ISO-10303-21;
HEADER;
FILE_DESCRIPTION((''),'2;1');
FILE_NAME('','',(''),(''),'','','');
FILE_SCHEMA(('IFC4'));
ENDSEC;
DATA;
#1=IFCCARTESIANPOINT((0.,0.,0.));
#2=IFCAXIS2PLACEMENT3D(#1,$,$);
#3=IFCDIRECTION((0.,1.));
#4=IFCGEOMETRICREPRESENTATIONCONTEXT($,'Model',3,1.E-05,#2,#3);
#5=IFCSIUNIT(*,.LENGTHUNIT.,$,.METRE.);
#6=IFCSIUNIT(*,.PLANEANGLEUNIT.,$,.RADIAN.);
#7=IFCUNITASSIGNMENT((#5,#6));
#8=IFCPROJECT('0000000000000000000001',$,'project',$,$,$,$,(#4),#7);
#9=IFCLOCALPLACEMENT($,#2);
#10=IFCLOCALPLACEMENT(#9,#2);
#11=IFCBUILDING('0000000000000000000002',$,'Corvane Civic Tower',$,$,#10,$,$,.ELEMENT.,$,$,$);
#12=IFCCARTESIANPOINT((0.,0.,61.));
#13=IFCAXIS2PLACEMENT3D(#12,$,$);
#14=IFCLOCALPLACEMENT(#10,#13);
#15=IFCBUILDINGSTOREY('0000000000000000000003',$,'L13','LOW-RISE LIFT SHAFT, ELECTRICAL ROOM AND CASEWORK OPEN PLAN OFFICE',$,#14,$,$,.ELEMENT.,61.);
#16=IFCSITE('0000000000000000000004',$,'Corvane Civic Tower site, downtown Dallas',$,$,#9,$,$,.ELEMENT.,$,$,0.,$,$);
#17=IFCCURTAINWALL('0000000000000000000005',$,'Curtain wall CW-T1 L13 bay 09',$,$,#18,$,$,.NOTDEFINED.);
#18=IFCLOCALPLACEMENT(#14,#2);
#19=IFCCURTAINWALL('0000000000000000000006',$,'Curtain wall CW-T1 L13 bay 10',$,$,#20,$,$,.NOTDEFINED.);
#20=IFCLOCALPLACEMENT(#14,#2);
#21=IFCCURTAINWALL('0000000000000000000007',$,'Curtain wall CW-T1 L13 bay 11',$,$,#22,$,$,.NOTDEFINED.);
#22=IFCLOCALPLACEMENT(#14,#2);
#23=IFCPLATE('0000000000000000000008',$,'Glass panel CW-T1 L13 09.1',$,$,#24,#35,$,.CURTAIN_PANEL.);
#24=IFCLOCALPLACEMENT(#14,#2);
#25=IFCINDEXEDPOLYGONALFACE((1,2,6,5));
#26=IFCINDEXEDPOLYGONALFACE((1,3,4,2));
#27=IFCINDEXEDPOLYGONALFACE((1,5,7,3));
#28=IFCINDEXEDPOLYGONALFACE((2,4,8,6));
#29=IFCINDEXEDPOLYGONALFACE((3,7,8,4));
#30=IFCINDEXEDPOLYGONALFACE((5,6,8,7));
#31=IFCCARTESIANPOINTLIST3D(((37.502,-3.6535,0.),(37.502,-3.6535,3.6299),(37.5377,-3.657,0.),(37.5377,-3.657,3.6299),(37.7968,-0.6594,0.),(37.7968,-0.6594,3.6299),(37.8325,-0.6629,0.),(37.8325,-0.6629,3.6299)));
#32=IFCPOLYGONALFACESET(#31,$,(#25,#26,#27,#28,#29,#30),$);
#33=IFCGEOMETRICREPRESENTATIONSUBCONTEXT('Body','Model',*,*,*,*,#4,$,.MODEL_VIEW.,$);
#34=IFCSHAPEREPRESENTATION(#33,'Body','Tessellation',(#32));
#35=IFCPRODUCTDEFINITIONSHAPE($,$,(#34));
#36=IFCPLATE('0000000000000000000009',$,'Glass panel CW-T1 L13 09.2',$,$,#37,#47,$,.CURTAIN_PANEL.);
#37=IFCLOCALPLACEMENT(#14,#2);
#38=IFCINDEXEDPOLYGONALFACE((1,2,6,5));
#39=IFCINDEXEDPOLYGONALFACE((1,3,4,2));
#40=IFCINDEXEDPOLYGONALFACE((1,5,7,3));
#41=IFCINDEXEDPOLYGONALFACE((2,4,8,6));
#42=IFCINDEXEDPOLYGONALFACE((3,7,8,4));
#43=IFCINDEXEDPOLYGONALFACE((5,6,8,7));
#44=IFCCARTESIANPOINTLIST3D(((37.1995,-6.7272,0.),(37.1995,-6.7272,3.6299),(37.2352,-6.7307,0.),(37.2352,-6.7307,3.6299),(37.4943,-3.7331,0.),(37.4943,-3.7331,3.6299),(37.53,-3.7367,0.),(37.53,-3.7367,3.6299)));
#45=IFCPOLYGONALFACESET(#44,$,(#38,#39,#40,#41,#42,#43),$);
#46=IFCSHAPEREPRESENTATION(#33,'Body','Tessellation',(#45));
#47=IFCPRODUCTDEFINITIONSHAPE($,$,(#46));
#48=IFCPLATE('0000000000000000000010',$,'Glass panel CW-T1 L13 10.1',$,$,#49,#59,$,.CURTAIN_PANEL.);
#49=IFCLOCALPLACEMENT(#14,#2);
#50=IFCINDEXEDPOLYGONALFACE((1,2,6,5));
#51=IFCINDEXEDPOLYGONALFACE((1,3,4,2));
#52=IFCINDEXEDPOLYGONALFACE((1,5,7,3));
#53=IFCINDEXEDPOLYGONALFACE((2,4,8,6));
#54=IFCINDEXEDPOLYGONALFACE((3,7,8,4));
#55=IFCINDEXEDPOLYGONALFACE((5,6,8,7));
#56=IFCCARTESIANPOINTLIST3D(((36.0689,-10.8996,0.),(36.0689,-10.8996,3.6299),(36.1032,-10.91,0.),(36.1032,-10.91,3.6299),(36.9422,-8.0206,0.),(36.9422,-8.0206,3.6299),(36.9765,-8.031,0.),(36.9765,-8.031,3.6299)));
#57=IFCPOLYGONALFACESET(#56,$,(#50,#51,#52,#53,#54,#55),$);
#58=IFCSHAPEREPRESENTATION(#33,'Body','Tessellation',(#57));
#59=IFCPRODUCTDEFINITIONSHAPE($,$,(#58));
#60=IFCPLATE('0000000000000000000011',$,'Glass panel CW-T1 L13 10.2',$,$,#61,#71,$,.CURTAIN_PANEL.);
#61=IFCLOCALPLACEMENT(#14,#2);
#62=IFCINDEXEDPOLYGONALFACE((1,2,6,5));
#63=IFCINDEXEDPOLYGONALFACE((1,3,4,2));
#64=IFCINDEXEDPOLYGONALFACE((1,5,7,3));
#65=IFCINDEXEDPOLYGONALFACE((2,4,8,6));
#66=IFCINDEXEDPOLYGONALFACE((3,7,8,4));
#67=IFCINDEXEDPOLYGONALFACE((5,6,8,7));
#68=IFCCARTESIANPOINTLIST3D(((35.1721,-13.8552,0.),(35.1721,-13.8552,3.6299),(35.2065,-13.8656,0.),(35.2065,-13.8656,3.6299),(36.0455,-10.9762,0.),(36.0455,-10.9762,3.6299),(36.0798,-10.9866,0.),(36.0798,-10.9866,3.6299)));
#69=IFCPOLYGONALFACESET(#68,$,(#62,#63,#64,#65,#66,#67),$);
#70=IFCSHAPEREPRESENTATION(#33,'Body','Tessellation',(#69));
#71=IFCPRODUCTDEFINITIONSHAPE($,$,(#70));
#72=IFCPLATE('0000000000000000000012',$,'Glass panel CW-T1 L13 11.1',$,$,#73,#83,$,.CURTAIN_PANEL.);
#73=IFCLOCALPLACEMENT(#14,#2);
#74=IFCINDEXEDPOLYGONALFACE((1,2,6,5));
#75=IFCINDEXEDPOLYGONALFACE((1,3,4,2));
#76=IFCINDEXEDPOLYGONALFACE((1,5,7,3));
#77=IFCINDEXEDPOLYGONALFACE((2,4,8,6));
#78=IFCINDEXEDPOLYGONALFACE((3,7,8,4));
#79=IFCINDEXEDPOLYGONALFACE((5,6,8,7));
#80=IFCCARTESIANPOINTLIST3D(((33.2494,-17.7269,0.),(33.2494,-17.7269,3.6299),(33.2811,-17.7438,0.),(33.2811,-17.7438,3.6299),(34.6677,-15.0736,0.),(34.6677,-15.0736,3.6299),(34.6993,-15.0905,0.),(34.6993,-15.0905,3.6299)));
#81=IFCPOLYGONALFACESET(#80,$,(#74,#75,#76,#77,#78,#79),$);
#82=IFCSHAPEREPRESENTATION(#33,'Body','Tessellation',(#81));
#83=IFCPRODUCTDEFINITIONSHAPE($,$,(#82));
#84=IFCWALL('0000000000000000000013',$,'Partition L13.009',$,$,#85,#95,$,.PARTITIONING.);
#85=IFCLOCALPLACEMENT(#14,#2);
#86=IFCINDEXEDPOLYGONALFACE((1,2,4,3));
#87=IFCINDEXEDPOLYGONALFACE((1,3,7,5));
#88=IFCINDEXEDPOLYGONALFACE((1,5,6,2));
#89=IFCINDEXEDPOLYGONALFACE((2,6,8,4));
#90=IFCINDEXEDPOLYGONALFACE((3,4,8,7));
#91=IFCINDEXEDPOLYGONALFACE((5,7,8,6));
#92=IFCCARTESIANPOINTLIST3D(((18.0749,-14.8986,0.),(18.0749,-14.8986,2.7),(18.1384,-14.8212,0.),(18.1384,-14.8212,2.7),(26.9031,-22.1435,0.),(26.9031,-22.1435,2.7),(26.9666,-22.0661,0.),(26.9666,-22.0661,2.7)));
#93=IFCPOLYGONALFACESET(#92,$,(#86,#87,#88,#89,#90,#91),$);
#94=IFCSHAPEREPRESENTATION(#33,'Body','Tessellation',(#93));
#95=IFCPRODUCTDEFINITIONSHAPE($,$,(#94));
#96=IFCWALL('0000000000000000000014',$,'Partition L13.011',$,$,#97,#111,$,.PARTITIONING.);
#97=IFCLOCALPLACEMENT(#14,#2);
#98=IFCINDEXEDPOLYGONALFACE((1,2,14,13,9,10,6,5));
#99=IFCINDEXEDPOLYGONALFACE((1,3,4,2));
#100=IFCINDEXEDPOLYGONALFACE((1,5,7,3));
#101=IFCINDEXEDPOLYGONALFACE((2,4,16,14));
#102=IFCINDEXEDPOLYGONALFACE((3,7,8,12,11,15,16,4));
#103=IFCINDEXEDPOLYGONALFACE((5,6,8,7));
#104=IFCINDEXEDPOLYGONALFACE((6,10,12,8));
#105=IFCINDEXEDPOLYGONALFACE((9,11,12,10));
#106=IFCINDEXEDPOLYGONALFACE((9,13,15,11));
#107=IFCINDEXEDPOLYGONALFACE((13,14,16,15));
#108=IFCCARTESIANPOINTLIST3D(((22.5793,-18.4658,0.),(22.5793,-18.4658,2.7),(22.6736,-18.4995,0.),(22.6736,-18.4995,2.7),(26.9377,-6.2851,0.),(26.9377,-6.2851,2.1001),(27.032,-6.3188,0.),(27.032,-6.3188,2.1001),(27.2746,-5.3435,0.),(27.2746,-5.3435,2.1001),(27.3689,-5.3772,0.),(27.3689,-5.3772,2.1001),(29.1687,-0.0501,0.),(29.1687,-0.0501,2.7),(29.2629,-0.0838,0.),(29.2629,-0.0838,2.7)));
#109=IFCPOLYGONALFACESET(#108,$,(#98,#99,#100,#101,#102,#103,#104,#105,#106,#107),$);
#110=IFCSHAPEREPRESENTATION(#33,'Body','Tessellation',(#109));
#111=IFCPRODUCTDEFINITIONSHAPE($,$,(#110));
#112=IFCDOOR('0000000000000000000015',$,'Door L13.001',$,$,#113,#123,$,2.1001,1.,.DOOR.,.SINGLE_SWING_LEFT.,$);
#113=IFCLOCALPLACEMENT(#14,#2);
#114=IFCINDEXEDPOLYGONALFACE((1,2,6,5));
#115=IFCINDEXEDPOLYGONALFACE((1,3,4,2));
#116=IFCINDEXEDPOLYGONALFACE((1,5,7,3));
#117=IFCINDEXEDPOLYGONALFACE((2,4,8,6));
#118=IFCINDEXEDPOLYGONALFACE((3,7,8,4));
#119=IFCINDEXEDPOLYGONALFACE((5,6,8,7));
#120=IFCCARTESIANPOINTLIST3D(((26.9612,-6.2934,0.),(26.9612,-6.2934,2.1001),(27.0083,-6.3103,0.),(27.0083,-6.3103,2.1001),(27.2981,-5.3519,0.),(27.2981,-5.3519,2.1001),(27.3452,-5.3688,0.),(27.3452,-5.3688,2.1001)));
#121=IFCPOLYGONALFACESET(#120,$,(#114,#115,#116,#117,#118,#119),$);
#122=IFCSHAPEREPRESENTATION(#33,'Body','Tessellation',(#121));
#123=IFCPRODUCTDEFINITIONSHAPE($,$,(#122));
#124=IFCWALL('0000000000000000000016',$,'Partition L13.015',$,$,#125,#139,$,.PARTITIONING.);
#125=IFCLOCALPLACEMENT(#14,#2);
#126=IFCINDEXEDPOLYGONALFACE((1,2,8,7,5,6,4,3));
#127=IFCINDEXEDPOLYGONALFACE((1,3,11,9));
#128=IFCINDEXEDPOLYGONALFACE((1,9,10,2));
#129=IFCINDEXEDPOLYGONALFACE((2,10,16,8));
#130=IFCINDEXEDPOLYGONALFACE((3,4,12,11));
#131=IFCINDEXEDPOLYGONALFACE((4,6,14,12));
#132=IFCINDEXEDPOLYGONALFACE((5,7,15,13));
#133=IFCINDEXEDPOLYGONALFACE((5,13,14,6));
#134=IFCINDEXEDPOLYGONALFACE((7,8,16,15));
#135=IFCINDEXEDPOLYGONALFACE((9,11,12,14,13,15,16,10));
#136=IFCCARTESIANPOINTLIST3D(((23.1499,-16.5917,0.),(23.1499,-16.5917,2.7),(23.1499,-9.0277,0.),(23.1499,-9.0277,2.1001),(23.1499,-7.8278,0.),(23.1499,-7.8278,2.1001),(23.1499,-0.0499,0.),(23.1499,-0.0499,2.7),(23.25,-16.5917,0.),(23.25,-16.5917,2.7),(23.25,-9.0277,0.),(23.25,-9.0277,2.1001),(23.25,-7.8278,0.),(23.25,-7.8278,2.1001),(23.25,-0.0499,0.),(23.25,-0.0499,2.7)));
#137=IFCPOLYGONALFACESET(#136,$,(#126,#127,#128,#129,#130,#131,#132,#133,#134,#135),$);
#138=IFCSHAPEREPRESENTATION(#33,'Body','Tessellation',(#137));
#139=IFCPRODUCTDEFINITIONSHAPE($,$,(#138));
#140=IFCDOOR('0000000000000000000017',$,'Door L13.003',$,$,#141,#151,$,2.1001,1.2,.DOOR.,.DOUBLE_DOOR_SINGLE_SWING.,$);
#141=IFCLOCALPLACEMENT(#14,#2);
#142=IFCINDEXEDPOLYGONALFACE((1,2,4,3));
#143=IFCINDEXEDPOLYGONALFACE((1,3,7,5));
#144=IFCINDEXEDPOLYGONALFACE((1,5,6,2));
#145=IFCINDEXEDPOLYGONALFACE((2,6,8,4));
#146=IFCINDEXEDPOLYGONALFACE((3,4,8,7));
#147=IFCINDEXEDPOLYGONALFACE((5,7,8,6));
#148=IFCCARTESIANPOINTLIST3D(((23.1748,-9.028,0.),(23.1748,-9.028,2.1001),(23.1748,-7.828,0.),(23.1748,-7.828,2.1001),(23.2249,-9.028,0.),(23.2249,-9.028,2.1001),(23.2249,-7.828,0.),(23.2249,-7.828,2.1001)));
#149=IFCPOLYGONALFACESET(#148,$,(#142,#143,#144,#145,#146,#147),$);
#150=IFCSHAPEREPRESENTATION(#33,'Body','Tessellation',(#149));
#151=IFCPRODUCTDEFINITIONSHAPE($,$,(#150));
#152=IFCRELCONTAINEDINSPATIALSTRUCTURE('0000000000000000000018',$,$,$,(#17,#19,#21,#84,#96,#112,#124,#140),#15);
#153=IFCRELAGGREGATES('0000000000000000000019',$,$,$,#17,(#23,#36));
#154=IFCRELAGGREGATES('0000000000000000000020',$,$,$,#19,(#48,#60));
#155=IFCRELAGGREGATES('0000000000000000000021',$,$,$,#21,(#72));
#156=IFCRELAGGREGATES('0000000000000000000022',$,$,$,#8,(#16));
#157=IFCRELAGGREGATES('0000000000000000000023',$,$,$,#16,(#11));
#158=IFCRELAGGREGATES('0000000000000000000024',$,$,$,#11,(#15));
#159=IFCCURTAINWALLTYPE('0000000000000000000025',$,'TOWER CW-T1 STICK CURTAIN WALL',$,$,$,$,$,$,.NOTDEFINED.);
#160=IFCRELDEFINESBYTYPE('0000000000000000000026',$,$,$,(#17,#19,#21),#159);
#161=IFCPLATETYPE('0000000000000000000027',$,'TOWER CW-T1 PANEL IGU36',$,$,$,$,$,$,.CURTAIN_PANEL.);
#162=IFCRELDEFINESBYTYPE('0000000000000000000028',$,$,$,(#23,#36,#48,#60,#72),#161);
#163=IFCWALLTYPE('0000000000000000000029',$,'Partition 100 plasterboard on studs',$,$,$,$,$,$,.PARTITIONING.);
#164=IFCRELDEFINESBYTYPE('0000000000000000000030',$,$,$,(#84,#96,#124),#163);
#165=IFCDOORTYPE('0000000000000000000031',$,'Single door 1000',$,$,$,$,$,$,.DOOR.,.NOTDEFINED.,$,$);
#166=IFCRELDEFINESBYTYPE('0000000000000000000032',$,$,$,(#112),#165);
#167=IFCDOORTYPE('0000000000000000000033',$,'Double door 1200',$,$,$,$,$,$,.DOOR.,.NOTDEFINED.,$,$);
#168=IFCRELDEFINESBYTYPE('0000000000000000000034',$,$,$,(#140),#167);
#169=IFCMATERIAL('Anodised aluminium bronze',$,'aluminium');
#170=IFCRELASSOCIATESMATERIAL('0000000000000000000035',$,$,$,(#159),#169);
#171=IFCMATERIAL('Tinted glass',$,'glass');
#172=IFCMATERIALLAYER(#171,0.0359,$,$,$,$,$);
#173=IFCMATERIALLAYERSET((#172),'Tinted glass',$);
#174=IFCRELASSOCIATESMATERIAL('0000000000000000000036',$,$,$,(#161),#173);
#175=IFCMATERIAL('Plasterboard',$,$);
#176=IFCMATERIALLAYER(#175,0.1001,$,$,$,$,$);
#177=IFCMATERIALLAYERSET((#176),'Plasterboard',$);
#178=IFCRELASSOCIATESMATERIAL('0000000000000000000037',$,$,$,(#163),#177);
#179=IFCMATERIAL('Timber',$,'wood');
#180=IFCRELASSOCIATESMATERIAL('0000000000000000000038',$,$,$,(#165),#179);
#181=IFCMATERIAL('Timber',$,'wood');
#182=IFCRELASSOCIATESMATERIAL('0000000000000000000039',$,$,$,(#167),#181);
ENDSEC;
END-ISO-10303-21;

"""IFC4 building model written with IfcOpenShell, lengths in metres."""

from ifc_helpers import new_model, si_unit, direction, frame, frame_2d, origin, origin_2d, place, context, subcontext, project, spatial, rectangle, extrude, material, layer, layer_set, type_object, element, fill, aggregate, save


model = new_model("IFC4")

# Units and contexts
model_context = context("Model", 3, precision=1e-05, world=origin(), true_north=direction((0.0, 1.0)))
body_context = subcontext(model_context, "Body", "Model", "MODEL_VIEW")
ifc_project = project(units=[si_unit("LENGTHUNIT", "METRE"), si_unit("PLANEANGLEUNIT", "RADIAN")], contexts=[model_context])

# Site, building, storey
site_placement = place(None, origin())
site = spatial("IfcSite", under=ifc_project, at=site_placement, Name="Corvane Civic Tower site, downtown Dallas", CompositionType="ELEMENT", RefElevation=0.0)
building_placement = place(site_placement, origin())
building = spatial("IfcBuilding", under=site, at=building_placement, Name="Corvane Civic Tower", CompositionType="ELEMENT")
storey_placement = place(building_placement, frame((0.0, 0.0, 61.0)))
storey = spatial("IfcBuildingStorey", under=building, at=storey_placement, Name="L13", Description="LOW-RISE LIFT SHAFT, ELECTRICAL ROOM AND CASEWORK OPEN PLAN OFFICE", CompositionType="ELEMENT", Elevation=61.0)

# Curtain walls
ifc_material_1 = material(Name="Anodised aluminium bronze", Category="aluminium")
curtain_wall_type = type_object("IfcCurtainWallType", Name="TOWER CW-T1 STICK CURTAIN WALL", PredefinedType="NOTDEFINED", material=ifc_material_1)
curtain_wall_1_placement = place(storey_placement, origin())
curtain_wall_1 = element("IfcCurtainWall", 1, at=curtain_wall_1_placement, inside=storey, type_object=curtain_wall_type, Name="Curtain wall CW-T1 L13 bay 09", PredefinedType="NOTDEFINED")
curtain_wall_2_placement = place(storey_placement, origin())
curtain_wall_2 = element("IfcCurtainWall", 2, at=curtain_wall_2_placement, inside=storey, type_object=curtain_wall_type, Name="Curtain wall CW-T1 L13 bay 10", PredefinedType="NOTDEFINED")
curtain_wall_3_placement = place(storey_placement, origin())
curtain_wall_3 = element("IfcCurtainWall", 3, at=curtain_wall_3_placement, inside=storey, type_object=curtain_wall_type, Name="Curtain wall CW-T1 L13 bay 11", PredefinedType="NOTDEFINED")

# Plates
ifc_material_2 = material(Name="Tinted glass", Category="glass")
ifc_layer_1 = layer(ifc_material_2, 0.0359)
ifc_layer_set_1 = layer_set([ifc_layer_1], Name="Tinted glass")
plate_type = type_object("IfcPlateType", Name="TOWER CW-T1 PANEL IGU36", PredefinedType="CURTAIN_PANEL", material=ifc_layer_set_1)
plate_1_placement = place(storey_placement, frame((37.6672, -2.1582, 0.0), z_axis=(0.0, 0.0, 1.0), x_axis=(-0.098006, -0.995186, 0.0)))
plate_1 = element("IfcPlate", 4, at=plate_1_placement, type_object=plate_type, Name="Glass panel CW-T1 L13 09.1", PredefinedType="CURTAIN_PANEL", context=body_context, shape_type="SweptSolid", body=[
    extrude(rectangle(XDim=3.0085, YDim=0.0359, at=origin_2d()), origin(), (0.0, 0.0, 1.0), 3.6299),
])
plate_2_placement = place(storey_placement, frame((37.3647, -5.2319, 0.0), z_axis=(0.0, 0.0, 1.0), x_axis=(-0.098006, -0.995186, 0.0)))
plate_2 = element("IfcPlate", 5, at=plate_2_placement, type_object=plate_type, Name="Glass panel CW-T1 L13 09.2", PredefinedType="CURTAIN_PANEL", context=body_context, shape_type="SweptSolid", body=[
    extrude(rectangle(XDim=3.0085, YDim=0.0359, at=origin_2d()), origin(), (0.0, 0.0, 1.0), 3.6299),
])
aggregate(curtain_wall_1, [plate_1, plate_2])
plate_3_placement = place(storey_placement, frame((36.5227, -9.4653, 0.0), z_axis=(0.0, 0.0, 1.0), x_axis=(-0.290278, -0.956942, 0.0)))
plate_3 = element("IfcPlate", 6, at=plate_3_placement, type_object=plate_type, Name="Glass panel CW-T1 L13 10.1", PredefinedType="CURTAIN_PANEL", context=body_context, shape_type="SweptSolid", body=[
    extrude(rectangle(XDim=3.0085, YDim=0.0359, at=origin_2d()), origin(), (0.0, 0.0, 1.0), 3.6299),
])
plate_4_placement = place(storey_placement, frame((35.626, -12.4209, 0.0), z_axis=(0.0, 0.0, 1.0), x_axis=(-0.290278, -0.956942, 0.0)))
plate_4 = element("IfcPlate", 7, at=plate_4_placement, type_object=plate_type, Name="Glass panel CW-T1 L13 10.2", PredefinedType="CURTAIN_PANEL", context=body_context, shape_type="SweptSolid", body=[
    extrude(rectangle(XDim=3.0085, YDim=0.0359, at=origin_2d()), origin(), (0.0, 0.0, 1.0), 3.6299),
])
aggregate(curtain_wall_2, [plate_3, plate_4])
plate_5_placement = place(storey_placement, frame((33.9744, -16.4087, 0.0), z_axis=(0.0, 0.0, 1.0), x_axis=(-0.471404, -0.881918, 0.0)))
plate_5 = element("IfcPlate", 8, at=plate_5_placement, type_object=plate_type, Name="Glass panel CW-T1 L13 11.1", PredefinedType="CURTAIN_PANEL", context=body_context, shape_type="SweptSolid", body=[
    extrude(rectangle(XDim=3.0085, YDim=0.0359, at=origin_2d()), origin(), (0.0, 0.0, 1.0), 3.6299),
])
aggregate(curtain_wall_3, [plate_5])

# Wall
ifc_material_3 = material(Name="Plasterboard")
ifc_layer_2 = layer(ifc_material_3, 0.1001)
ifc_layer_set_2 = layer_set([ifc_layer_2], Name="Plasterboard")
wall_type_1 = type_object("IfcWallType", Name="Partition 100 plasterboard on studs", PredefinedType="PARTITIONING", material=ifc_layer_set_2)
wall_1_placement = place(storey_placement, frame((18.1067, -14.8599, 0.0), z_axis=(0.0, 0.0, 1.0), x_axis=(0.773018, -0.634384, 0.0)))
element("IfcWall", 9, at=wall_1_placement, inside=storey, type_object=wall_type_1, Name="Partition L13.009", PredefinedType="PARTITIONING", context=body_context, shape_type="SweptSolid", body=[
    extrude(rectangle(XDim=11.4204, YDim=0.1001, at=frame_2d((5.7102, 0.0))), origin(), (0.0, 0.0, 1.0), 2.7),
])

# Walls, openings, doors
wall_2_placement = place(storey_placement, frame((22.6265, -18.4827, 0.0), z_axis=(0.0, 0.0, 1.0), x_axis=(0.336894, 0.941543, 0.0)))
wall_2 = element("IfcWall", 10, at=wall_2_placement, inside=storey, type_object=wall_type_1, Name="Partition L13.011", PredefinedType="PARTITIONING", context=body_context, shape_type="SweptSolid", body=[
    extrude(rectangle(XDim=19.5591, YDim=0.1001, at=frame_2d((9.7795, 0.0))), origin(), (0.0, 0.0, 1.0), 2.7),
])
opening_1_placement = place(wall_2_placement, frame((12.937, 0.0, 0.0)))
opening_1 = element("IfcOpeningElement", 11, at=opening_1_placement, cuts=wall_2, PredefinedType="OPENING", context=body_context, shape_type="SweptSolid", body=[
    extrude(rectangle(XDim=1.0, YDim=2.1001, at=frame_2d((0.5, 1.05))), frame((0.0, 0.0601, 0.0), z_axis=(0.0, -1.0, 0.0), x_axis=(1.0, 0.0, 0.0)), (0.0, 0.0, 1.0), 0.1201),
])
ifc_material_4 = material(Name="Timber", Category="wood")
door_type_1 = type_object("IfcDoorType", Name="Single door 1000", OperationType="NOTDEFINED", PredefinedType="DOOR", material=ifc_material_4)
door_1_placement = place(opening_1_placement, frame((1.0, 0.0, 0.0), z_axis=(0.0, 0.0, 1.0), x_axis=(-1.0, 0.0, 0.0)))
door_1 = element("IfcDoor", 12, at=door_1_placement, inside=storey, type_object=door_type_1, Name="Door L13.001", OperationType="SINGLE_SWING_LEFT", OverallHeight=2.1001, OverallWidth=1.0, PredefinedType="DOOR", context=body_context, shape_type="SweptSolid", body=[
    extrude(rectangle(XDim=1.0, YDim=2.1001, at=frame_2d((0.5, 1.05))), frame((0.0, 0.0249, 0.0), z_axis=(0.0, -1.0, 0.0), x_axis=(1.0, 0.0, 0.0)), (0.0, 0.0, 1.0), 0.05),
])
fill(opening_1, door_1)
wall_3_placement = place(storey_placement, frame((23.2, -16.5918, 0.0), z_axis=(0.0, 0.0, 1.0), x_axis=(0.0, 1.0, 0.0)))
wall_3 = element("IfcWall", 13, at=wall_3_placement, inside=storey, type_object=wall_type_1, Name="Partition L13.015", PredefinedType="PARTITIONING", context=body_context, shape_type="SweptSolid", body=[
    extrude(rectangle(XDim=16.5417, YDim=0.1001, at=frame_2d((8.271, 0.0))), origin(), (0.0, 0.0, 1.0), 2.7),
])
opening_2_placement = place(wall_3_placement, frame((7.564, 0.0, 0.0)))
opening_2 = element("IfcOpeningElement", 14, at=opening_2_placement, cuts=wall_3, PredefinedType="OPENING", context=body_context, shape_type="SweptSolid", body=[
    extrude(rectangle(XDim=1.2, YDim=2.1001, at=frame_2d((0.6001, 1.05))), frame((0.0, 0.0601, 0.0), z_axis=(0.0, -1.0, 0.0), x_axis=(1.0, 0.0, 0.0)), (0.0, 0.0, 1.0), 0.1201),
])
ifc_material_5 = material(Name="Timber", Category="wood")
door_type_2 = type_object("IfcDoorType", Name="Double door 1200", OperationType="NOTDEFINED", PredefinedType="DOOR", material=ifc_material_5)
door_2_placement = place(opening_2_placement, frame((1.2, 0.0, 0.0), z_axis=(0.0, 0.0, 1.0), x_axis=(-1.0, 0.0, 0.0)))
door_2 = element("IfcDoor", 15, at=door_2_placement, inside=storey, type_object=door_type_2, Name="Door L13.003", OperationType="DOUBLE_DOOR_SINGLE_SWING", OverallHeight=2.1001, OverallWidth=1.2, PredefinedType="DOOR", context=body_context, shape_type="SweptSolid", body=[
    extrude(rectangle(XDim=1.2, YDim=2.1001, at=frame_2d((0.6001, 1.05))), frame((0.0, 0.0249, 0.0), z_axis=(0.0, -1.0, 0.0), x_axis=(1.0, 0.0, 0.0)), (0.0, 0.0, 1.0), 0.05),
])
fill(opening_2, door_2)

save(model, "model.ifc")
